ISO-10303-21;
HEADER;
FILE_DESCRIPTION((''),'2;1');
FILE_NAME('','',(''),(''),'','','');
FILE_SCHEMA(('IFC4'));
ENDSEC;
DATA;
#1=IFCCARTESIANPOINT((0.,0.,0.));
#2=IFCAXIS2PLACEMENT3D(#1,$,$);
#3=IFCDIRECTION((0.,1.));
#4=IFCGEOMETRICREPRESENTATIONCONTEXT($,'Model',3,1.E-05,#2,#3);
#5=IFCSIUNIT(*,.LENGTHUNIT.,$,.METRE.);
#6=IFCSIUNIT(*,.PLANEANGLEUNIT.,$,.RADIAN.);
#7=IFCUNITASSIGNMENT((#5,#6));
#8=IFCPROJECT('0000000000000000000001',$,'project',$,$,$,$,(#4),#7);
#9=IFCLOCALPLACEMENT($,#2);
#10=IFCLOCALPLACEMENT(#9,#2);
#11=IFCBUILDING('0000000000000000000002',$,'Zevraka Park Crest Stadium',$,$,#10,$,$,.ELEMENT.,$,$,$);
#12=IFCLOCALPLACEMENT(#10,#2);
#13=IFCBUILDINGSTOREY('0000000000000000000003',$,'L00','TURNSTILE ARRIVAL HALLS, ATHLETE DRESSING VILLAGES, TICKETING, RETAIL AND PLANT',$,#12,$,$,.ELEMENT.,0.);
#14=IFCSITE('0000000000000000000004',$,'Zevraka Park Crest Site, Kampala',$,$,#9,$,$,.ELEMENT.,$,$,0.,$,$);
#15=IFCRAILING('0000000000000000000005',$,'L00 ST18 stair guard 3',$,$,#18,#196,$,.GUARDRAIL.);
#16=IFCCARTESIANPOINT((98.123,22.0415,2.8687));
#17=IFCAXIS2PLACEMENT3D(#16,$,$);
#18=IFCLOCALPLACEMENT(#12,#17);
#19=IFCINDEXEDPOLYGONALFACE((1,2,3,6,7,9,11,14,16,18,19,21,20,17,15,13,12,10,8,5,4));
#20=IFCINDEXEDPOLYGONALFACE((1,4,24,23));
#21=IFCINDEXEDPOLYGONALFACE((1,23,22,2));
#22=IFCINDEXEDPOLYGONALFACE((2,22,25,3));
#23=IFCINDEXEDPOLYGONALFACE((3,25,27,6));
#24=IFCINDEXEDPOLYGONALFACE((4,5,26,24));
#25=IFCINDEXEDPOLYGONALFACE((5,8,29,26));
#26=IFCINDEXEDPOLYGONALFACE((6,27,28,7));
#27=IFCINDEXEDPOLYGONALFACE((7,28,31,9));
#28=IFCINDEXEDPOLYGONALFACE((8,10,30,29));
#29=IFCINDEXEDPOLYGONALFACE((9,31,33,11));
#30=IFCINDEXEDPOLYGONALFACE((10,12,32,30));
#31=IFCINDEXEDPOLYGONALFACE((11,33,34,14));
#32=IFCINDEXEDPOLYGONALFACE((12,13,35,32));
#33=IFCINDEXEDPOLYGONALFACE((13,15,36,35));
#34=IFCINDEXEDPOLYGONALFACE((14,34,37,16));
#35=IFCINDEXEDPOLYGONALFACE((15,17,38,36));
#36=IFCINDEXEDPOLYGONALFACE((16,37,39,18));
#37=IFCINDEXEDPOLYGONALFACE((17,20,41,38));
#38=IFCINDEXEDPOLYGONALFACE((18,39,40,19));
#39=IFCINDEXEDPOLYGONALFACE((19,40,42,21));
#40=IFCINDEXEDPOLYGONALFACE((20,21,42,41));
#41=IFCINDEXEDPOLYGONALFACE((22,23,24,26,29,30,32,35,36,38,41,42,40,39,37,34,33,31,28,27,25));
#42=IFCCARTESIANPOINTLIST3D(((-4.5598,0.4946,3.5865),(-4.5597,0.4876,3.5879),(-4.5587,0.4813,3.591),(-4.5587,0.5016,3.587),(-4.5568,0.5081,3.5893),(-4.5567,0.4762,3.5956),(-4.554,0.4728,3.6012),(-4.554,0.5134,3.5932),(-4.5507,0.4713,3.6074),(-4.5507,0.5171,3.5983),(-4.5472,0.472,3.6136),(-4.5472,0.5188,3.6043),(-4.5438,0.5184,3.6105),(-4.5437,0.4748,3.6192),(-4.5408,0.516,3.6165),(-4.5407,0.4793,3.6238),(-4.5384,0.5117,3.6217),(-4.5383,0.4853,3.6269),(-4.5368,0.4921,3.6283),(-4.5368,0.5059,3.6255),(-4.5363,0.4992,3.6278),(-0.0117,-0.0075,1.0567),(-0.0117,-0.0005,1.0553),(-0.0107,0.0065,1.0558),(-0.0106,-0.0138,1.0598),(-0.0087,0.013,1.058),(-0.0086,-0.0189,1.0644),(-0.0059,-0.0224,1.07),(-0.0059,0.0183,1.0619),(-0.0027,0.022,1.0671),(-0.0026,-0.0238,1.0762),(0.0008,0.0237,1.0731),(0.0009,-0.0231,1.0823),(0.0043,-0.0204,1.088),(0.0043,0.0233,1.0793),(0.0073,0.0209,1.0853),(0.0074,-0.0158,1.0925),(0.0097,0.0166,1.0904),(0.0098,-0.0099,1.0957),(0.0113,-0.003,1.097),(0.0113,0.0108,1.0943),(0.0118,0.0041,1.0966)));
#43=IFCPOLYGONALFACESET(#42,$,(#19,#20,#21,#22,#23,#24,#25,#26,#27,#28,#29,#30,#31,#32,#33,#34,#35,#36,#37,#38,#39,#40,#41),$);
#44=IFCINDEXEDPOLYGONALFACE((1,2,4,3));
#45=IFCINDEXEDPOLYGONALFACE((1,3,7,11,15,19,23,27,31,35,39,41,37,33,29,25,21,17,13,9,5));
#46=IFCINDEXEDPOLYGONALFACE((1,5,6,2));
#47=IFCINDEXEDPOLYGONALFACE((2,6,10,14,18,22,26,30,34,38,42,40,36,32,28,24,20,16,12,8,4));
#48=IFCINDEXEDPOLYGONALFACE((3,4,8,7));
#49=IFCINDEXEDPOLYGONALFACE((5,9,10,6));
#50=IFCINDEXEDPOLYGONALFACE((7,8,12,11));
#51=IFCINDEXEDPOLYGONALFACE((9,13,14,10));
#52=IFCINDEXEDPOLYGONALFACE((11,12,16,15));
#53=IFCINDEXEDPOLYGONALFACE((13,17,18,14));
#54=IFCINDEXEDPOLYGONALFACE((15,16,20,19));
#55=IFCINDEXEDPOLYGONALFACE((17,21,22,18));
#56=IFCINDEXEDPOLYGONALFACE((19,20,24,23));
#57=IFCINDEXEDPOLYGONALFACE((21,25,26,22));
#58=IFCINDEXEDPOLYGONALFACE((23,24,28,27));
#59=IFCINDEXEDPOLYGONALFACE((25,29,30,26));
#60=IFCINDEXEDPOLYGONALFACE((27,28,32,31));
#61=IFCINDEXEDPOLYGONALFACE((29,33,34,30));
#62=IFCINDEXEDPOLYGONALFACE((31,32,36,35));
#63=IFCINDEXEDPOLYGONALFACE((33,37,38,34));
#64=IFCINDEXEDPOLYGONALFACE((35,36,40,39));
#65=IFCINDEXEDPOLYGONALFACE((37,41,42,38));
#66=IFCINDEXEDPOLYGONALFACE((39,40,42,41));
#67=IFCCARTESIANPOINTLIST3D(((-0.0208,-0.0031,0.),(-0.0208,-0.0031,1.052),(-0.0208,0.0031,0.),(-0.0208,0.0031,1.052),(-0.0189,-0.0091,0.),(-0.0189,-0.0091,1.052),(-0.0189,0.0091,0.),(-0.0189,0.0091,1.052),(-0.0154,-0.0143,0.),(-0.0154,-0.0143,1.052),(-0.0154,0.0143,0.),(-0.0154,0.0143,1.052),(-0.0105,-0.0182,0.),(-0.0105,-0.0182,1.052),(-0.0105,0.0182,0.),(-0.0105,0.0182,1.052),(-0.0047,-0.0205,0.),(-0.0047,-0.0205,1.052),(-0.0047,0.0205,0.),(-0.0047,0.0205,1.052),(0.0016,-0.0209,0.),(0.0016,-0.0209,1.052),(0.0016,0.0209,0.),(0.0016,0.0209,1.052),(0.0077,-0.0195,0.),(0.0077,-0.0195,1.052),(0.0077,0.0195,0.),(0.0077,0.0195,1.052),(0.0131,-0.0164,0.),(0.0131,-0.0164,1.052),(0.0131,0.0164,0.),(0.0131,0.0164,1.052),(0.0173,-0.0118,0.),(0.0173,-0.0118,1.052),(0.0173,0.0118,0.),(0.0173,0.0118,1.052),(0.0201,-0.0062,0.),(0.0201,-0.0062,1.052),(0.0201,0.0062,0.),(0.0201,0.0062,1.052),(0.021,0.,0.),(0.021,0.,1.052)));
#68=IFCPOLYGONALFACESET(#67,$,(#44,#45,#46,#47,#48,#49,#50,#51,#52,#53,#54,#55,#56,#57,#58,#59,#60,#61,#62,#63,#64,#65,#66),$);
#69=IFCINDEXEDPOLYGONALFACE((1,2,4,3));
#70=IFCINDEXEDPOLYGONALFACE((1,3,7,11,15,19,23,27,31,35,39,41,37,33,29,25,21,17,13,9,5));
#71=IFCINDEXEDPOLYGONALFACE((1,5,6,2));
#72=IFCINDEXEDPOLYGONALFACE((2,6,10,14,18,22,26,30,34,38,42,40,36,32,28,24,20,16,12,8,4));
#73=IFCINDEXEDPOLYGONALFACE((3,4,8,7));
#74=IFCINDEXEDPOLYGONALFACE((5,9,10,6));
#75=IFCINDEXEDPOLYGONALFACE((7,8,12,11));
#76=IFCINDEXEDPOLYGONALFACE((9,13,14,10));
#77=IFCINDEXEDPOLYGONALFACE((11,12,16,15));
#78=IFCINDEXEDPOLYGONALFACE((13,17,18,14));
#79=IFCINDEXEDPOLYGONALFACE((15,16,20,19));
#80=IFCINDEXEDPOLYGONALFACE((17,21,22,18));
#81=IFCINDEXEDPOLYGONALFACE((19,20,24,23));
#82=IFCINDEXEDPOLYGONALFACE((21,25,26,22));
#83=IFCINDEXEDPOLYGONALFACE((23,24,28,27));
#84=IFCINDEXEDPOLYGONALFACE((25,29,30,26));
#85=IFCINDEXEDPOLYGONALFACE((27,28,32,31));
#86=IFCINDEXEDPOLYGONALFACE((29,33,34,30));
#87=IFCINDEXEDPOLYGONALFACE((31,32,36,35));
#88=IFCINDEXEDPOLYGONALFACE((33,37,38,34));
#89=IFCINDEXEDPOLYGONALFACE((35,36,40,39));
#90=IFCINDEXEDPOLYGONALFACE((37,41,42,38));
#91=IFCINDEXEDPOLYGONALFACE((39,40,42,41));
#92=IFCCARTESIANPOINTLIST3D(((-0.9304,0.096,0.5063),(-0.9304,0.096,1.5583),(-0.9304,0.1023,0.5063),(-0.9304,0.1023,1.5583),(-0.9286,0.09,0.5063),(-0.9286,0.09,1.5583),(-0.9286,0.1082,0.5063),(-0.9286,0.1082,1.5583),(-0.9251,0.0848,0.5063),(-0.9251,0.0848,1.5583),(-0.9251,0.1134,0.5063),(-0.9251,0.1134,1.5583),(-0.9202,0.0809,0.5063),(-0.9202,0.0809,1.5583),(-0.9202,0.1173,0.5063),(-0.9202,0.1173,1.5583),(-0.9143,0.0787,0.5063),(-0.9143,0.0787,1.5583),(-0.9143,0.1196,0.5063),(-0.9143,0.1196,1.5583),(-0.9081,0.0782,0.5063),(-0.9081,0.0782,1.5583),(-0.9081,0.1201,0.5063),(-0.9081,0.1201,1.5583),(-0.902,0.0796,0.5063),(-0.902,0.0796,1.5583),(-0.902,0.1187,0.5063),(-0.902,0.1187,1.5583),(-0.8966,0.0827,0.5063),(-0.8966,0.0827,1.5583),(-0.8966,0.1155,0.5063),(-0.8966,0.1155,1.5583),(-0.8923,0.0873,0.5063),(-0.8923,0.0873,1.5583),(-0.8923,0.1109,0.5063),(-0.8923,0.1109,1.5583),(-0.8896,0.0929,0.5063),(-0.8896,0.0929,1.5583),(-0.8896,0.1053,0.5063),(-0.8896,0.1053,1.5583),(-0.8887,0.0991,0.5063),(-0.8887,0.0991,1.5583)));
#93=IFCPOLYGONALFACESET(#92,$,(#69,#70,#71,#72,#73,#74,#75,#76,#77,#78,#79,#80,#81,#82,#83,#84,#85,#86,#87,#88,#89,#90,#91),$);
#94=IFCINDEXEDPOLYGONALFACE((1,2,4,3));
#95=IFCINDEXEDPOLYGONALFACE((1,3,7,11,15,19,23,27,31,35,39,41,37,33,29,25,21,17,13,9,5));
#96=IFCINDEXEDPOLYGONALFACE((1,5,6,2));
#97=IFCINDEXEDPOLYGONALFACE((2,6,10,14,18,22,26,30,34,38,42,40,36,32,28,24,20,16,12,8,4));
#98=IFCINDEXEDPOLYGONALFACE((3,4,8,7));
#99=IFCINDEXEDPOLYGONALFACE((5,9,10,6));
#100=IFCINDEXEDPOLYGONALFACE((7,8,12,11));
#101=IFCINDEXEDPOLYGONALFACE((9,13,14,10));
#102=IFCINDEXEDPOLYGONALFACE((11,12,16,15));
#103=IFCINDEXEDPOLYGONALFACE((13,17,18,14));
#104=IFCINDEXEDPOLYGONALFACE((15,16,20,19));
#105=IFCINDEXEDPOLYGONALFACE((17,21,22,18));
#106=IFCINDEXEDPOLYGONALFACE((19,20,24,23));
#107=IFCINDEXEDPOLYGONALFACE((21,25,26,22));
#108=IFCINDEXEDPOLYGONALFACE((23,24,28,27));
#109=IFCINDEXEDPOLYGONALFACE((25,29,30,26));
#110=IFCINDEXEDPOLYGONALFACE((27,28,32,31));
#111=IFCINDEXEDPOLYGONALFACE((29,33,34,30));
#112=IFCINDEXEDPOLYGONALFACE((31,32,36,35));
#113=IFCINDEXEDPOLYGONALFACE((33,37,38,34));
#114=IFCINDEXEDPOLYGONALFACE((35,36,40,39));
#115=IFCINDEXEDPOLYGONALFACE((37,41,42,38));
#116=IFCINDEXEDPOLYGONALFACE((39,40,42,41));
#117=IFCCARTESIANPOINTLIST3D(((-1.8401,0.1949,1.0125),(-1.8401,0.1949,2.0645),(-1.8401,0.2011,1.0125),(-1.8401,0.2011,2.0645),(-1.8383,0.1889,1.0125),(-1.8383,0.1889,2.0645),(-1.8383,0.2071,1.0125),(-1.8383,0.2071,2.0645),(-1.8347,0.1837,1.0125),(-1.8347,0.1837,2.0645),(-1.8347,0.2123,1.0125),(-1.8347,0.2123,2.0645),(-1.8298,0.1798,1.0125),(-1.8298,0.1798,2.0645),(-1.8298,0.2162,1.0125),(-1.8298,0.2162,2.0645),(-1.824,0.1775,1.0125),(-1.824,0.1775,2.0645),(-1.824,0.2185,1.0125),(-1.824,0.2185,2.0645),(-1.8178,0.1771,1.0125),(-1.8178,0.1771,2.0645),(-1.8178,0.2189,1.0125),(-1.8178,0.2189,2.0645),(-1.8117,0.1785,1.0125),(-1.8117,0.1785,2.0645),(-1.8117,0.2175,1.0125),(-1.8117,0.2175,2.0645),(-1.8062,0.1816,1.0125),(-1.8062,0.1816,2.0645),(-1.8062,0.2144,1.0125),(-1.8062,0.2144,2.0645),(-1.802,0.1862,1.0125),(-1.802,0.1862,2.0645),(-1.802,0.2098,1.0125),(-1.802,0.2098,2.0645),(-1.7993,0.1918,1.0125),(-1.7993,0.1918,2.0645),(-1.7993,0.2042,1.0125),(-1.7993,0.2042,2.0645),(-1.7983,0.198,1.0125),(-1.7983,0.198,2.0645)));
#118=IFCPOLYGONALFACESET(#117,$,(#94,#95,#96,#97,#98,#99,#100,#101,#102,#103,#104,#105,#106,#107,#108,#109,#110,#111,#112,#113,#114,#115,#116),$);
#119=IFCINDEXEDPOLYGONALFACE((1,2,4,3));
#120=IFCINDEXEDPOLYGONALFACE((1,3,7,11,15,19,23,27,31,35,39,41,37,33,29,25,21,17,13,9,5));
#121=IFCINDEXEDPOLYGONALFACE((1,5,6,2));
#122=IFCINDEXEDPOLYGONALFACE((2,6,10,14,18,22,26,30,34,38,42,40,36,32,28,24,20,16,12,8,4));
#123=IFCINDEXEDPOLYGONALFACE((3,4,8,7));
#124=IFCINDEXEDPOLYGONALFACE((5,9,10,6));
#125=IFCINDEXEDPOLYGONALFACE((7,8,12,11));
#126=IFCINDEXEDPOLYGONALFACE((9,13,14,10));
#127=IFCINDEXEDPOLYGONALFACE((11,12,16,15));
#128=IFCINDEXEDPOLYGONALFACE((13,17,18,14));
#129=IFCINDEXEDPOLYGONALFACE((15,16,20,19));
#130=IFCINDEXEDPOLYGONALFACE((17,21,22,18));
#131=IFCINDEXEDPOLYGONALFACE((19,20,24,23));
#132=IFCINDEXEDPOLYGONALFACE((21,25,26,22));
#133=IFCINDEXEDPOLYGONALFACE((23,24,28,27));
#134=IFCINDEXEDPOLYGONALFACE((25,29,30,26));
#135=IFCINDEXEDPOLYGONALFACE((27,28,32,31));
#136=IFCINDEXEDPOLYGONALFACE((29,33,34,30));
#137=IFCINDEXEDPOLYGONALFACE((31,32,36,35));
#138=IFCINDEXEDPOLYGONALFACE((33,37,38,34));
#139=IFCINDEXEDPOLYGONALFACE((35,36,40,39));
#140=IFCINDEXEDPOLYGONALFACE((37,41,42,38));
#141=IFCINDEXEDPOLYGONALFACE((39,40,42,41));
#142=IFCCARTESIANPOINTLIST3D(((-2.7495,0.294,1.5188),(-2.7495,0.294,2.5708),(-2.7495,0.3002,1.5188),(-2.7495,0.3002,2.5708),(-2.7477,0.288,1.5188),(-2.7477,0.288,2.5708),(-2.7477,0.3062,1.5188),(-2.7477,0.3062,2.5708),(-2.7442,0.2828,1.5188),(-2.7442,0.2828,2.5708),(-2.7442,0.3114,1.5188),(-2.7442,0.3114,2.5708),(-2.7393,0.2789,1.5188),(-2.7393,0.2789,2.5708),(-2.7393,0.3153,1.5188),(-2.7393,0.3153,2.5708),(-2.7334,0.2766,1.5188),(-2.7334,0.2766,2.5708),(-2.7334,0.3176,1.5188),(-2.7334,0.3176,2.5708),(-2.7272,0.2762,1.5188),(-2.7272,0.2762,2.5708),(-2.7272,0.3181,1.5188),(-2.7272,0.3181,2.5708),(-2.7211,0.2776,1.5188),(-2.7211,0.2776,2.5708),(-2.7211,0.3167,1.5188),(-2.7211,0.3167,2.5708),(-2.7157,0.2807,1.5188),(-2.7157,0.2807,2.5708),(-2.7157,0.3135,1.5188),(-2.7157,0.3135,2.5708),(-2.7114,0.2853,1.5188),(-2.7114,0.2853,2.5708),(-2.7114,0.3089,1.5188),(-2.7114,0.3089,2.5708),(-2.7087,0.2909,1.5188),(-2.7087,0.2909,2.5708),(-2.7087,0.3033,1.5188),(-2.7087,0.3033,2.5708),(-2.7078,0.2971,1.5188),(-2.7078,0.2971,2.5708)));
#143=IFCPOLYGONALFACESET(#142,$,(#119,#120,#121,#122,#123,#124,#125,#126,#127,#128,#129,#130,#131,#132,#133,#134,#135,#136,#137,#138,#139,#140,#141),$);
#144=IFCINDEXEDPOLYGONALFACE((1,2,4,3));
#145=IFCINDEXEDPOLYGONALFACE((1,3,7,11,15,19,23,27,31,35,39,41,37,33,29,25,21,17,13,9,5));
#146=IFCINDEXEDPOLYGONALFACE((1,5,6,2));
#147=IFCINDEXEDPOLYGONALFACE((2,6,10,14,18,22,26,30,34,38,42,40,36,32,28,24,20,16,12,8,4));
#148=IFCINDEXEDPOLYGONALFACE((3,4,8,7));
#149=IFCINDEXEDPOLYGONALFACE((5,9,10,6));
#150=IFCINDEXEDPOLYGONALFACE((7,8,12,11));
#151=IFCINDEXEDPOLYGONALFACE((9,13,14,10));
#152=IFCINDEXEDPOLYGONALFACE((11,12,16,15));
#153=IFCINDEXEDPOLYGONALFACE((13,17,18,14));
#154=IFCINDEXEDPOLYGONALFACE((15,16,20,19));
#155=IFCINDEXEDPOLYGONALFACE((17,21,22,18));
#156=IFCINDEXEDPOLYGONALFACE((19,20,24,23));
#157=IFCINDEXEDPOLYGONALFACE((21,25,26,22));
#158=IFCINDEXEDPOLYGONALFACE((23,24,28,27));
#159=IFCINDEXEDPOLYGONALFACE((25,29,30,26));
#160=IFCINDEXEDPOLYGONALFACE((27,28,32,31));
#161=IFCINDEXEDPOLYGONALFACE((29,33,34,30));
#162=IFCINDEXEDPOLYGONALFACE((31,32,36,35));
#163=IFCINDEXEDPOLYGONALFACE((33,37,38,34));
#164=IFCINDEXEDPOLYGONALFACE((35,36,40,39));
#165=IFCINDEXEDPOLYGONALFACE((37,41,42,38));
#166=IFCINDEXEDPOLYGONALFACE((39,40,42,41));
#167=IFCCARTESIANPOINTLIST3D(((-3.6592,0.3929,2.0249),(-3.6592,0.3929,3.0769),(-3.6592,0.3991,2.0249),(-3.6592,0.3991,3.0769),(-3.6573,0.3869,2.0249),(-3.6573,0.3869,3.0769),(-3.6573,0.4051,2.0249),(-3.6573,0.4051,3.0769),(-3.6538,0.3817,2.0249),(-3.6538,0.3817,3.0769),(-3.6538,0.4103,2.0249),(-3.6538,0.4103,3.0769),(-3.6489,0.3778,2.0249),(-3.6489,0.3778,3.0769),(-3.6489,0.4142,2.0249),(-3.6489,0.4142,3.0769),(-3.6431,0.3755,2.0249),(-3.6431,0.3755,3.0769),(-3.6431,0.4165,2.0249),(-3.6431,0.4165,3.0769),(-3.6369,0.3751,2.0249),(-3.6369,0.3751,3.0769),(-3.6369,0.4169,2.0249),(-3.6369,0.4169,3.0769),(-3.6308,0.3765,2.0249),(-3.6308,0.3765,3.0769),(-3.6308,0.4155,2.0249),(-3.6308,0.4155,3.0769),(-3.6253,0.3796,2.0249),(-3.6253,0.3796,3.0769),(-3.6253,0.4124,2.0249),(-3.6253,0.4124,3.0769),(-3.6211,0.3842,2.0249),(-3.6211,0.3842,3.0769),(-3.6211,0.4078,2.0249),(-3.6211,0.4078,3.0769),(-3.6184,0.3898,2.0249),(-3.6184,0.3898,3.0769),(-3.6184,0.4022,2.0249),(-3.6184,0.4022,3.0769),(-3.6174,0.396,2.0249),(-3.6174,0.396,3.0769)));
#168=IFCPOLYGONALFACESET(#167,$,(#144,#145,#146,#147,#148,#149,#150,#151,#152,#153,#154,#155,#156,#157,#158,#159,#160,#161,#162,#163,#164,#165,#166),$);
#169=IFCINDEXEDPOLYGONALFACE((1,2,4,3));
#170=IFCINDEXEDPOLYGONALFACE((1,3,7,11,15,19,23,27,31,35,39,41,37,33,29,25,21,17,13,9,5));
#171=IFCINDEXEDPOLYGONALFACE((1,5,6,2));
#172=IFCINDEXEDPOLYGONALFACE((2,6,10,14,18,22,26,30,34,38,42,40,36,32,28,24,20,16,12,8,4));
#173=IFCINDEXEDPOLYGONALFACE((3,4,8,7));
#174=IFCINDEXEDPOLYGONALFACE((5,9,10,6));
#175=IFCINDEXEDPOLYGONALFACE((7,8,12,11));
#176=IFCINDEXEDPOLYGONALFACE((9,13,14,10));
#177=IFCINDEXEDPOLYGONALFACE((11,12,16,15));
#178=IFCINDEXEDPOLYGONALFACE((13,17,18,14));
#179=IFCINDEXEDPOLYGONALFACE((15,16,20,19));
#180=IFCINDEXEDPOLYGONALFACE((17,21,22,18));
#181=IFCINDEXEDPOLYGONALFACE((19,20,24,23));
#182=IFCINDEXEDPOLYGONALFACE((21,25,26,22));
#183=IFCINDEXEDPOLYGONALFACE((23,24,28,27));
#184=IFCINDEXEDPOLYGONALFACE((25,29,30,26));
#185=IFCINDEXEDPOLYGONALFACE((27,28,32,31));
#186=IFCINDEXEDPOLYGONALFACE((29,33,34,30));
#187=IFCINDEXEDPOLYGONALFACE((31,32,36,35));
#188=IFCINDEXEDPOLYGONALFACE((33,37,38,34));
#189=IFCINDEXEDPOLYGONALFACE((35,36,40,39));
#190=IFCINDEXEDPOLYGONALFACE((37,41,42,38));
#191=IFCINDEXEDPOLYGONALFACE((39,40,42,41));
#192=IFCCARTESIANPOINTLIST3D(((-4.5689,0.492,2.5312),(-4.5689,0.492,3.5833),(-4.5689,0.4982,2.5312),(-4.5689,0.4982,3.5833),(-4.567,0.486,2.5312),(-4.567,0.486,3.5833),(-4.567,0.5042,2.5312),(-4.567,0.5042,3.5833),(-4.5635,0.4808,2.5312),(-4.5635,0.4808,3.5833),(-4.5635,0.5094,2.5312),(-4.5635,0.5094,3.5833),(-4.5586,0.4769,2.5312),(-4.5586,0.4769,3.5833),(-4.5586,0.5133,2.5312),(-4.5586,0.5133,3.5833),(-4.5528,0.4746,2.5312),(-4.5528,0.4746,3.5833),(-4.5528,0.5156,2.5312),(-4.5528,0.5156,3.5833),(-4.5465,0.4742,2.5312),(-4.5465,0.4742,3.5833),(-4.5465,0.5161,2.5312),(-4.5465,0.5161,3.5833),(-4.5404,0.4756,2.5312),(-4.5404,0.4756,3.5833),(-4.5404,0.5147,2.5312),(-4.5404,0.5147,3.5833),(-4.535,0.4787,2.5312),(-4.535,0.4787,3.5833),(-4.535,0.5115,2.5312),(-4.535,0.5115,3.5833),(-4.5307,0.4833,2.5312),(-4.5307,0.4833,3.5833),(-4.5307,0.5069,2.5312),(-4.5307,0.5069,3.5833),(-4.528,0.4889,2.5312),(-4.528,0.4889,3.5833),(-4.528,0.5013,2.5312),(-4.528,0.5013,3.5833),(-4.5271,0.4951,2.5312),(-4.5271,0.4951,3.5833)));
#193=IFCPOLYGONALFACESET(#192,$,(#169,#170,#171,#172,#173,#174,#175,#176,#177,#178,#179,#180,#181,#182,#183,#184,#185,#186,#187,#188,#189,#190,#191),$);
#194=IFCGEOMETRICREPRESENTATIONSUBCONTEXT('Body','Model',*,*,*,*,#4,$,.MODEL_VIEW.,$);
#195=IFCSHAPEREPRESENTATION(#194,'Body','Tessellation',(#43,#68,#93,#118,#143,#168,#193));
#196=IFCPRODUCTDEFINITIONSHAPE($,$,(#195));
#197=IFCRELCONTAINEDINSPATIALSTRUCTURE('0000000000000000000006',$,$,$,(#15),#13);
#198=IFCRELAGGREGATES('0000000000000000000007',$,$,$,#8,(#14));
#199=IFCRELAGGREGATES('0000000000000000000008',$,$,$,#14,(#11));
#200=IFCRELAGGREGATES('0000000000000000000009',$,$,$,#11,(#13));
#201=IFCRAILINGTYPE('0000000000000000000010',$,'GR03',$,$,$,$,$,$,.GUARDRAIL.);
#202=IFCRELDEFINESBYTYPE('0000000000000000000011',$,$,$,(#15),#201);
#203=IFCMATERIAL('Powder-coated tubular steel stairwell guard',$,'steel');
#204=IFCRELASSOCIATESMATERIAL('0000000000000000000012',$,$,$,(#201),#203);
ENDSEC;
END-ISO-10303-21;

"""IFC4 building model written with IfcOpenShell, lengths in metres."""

from ifc_helpers import new_model, si_unit, direction, frame, origin, origin_2d, place, context, subcontext, project, spatial, circle, extrude, material, type_object, element, save


model = new_model("IFC4")

# Units and contexts
model_context = context("Model", 3, precision=1e-05, world=origin(), true_north=direction((0.0, 1.0)))
body_context = subcontext(model_context, "Body", "Model", "MODEL_VIEW")
ifc_project = project(units=[si_unit("LENGTHUNIT", "METRE"), si_unit("PLANEANGLEUNIT", "RADIAN")], contexts=[model_context])

# Site, building, storey
site_placement = place(None, origin())
site = spatial("IfcSite", under=ifc_project, at=site_placement, Name="Zevraka Park Crest Site, Kampala", CompositionType="ELEMENT", RefElevation=0.0)
building_placement = place(site_placement, origin())
building = spatial("IfcBuilding", under=site, at=building_placement, Name="Zevraka Park Crest Stadium", CompositionType="ELEMENT")
storey_placement = place(building_placement, origin())
storey = spatial("IfcBuildingStorey", under=building, at=storey_placement, Name="L00", Description="TURNSTILE ARRIVAL HALLS, ATHLETE DRESSING VILLAGES, TICKETING, RETAIL AND PLANT", CompositionType="ELEMENT", Elevation=0.0)

# Railing
ifc_material_1 = material(Name="Powder-coated tubular steel stairwell guard", Category="steel")
railing_type_1 = type_object("IfcRailingType", Name="GR03", PredefinedType="GUARDRAIL", material=ifc_material_1)
railing_1_placement = place(storey_placement, frame((98.123, 22.0415, 2.8687)))
element("IfcRailing", 1, at=railing_1_placement, inside=storey, type_object=railing_type_1, Name="L00 ST18 stair guard 3", PredefinedType="GUARDRAIL", context=body_context, shape_type="SweptSolid", body=[
    extrude(circle(Radius=0.0239, at=origin_2d()), frame((0.0, 0.0, 1.0762), z_axis=(-0.869861, 0.094695, 0.484123), x_axis=(-0.108223, -0.994127, 0.0)), (0.0, 0.0, 1.0), 5.2285),
    extrude(circle(Radius=0.021, at=origin_2d()), origin(), (0.0, 0.0, 1.0), 1.052),
    extrude(circle(Radius=0.021, at=origin_2d()), frame((-0.9097, 0.0991, 0.5063)), (0.0, 0.0, 1.0), 1.052),
    extrude(circle(Radius=0.021, at=origin_2d()), frame((-1.8193, 0.198, 1.0125)), (0.0, 0.0, 1.0), 1.052),
    extrude(circle(Radius=0.021, at=origin_2d()), frame((-2.7288, 0.2971, 1.5188)), (0.0, 0.0, 1.0), 1.052),
    extrude(circle(Radius=0.021, at=origin_2d()), frame((-3.6384, 0.396, 2.0249)), (0.0, 0.0, 1.0), 1.052),
    extrude(circle(Radius=0.021, at=origin_2d()), frame((-4.5481, 0.4951, 2.5312)), (0.0, 0.0, 1.0), 1.052),
])

save(model, "model.ifc")
